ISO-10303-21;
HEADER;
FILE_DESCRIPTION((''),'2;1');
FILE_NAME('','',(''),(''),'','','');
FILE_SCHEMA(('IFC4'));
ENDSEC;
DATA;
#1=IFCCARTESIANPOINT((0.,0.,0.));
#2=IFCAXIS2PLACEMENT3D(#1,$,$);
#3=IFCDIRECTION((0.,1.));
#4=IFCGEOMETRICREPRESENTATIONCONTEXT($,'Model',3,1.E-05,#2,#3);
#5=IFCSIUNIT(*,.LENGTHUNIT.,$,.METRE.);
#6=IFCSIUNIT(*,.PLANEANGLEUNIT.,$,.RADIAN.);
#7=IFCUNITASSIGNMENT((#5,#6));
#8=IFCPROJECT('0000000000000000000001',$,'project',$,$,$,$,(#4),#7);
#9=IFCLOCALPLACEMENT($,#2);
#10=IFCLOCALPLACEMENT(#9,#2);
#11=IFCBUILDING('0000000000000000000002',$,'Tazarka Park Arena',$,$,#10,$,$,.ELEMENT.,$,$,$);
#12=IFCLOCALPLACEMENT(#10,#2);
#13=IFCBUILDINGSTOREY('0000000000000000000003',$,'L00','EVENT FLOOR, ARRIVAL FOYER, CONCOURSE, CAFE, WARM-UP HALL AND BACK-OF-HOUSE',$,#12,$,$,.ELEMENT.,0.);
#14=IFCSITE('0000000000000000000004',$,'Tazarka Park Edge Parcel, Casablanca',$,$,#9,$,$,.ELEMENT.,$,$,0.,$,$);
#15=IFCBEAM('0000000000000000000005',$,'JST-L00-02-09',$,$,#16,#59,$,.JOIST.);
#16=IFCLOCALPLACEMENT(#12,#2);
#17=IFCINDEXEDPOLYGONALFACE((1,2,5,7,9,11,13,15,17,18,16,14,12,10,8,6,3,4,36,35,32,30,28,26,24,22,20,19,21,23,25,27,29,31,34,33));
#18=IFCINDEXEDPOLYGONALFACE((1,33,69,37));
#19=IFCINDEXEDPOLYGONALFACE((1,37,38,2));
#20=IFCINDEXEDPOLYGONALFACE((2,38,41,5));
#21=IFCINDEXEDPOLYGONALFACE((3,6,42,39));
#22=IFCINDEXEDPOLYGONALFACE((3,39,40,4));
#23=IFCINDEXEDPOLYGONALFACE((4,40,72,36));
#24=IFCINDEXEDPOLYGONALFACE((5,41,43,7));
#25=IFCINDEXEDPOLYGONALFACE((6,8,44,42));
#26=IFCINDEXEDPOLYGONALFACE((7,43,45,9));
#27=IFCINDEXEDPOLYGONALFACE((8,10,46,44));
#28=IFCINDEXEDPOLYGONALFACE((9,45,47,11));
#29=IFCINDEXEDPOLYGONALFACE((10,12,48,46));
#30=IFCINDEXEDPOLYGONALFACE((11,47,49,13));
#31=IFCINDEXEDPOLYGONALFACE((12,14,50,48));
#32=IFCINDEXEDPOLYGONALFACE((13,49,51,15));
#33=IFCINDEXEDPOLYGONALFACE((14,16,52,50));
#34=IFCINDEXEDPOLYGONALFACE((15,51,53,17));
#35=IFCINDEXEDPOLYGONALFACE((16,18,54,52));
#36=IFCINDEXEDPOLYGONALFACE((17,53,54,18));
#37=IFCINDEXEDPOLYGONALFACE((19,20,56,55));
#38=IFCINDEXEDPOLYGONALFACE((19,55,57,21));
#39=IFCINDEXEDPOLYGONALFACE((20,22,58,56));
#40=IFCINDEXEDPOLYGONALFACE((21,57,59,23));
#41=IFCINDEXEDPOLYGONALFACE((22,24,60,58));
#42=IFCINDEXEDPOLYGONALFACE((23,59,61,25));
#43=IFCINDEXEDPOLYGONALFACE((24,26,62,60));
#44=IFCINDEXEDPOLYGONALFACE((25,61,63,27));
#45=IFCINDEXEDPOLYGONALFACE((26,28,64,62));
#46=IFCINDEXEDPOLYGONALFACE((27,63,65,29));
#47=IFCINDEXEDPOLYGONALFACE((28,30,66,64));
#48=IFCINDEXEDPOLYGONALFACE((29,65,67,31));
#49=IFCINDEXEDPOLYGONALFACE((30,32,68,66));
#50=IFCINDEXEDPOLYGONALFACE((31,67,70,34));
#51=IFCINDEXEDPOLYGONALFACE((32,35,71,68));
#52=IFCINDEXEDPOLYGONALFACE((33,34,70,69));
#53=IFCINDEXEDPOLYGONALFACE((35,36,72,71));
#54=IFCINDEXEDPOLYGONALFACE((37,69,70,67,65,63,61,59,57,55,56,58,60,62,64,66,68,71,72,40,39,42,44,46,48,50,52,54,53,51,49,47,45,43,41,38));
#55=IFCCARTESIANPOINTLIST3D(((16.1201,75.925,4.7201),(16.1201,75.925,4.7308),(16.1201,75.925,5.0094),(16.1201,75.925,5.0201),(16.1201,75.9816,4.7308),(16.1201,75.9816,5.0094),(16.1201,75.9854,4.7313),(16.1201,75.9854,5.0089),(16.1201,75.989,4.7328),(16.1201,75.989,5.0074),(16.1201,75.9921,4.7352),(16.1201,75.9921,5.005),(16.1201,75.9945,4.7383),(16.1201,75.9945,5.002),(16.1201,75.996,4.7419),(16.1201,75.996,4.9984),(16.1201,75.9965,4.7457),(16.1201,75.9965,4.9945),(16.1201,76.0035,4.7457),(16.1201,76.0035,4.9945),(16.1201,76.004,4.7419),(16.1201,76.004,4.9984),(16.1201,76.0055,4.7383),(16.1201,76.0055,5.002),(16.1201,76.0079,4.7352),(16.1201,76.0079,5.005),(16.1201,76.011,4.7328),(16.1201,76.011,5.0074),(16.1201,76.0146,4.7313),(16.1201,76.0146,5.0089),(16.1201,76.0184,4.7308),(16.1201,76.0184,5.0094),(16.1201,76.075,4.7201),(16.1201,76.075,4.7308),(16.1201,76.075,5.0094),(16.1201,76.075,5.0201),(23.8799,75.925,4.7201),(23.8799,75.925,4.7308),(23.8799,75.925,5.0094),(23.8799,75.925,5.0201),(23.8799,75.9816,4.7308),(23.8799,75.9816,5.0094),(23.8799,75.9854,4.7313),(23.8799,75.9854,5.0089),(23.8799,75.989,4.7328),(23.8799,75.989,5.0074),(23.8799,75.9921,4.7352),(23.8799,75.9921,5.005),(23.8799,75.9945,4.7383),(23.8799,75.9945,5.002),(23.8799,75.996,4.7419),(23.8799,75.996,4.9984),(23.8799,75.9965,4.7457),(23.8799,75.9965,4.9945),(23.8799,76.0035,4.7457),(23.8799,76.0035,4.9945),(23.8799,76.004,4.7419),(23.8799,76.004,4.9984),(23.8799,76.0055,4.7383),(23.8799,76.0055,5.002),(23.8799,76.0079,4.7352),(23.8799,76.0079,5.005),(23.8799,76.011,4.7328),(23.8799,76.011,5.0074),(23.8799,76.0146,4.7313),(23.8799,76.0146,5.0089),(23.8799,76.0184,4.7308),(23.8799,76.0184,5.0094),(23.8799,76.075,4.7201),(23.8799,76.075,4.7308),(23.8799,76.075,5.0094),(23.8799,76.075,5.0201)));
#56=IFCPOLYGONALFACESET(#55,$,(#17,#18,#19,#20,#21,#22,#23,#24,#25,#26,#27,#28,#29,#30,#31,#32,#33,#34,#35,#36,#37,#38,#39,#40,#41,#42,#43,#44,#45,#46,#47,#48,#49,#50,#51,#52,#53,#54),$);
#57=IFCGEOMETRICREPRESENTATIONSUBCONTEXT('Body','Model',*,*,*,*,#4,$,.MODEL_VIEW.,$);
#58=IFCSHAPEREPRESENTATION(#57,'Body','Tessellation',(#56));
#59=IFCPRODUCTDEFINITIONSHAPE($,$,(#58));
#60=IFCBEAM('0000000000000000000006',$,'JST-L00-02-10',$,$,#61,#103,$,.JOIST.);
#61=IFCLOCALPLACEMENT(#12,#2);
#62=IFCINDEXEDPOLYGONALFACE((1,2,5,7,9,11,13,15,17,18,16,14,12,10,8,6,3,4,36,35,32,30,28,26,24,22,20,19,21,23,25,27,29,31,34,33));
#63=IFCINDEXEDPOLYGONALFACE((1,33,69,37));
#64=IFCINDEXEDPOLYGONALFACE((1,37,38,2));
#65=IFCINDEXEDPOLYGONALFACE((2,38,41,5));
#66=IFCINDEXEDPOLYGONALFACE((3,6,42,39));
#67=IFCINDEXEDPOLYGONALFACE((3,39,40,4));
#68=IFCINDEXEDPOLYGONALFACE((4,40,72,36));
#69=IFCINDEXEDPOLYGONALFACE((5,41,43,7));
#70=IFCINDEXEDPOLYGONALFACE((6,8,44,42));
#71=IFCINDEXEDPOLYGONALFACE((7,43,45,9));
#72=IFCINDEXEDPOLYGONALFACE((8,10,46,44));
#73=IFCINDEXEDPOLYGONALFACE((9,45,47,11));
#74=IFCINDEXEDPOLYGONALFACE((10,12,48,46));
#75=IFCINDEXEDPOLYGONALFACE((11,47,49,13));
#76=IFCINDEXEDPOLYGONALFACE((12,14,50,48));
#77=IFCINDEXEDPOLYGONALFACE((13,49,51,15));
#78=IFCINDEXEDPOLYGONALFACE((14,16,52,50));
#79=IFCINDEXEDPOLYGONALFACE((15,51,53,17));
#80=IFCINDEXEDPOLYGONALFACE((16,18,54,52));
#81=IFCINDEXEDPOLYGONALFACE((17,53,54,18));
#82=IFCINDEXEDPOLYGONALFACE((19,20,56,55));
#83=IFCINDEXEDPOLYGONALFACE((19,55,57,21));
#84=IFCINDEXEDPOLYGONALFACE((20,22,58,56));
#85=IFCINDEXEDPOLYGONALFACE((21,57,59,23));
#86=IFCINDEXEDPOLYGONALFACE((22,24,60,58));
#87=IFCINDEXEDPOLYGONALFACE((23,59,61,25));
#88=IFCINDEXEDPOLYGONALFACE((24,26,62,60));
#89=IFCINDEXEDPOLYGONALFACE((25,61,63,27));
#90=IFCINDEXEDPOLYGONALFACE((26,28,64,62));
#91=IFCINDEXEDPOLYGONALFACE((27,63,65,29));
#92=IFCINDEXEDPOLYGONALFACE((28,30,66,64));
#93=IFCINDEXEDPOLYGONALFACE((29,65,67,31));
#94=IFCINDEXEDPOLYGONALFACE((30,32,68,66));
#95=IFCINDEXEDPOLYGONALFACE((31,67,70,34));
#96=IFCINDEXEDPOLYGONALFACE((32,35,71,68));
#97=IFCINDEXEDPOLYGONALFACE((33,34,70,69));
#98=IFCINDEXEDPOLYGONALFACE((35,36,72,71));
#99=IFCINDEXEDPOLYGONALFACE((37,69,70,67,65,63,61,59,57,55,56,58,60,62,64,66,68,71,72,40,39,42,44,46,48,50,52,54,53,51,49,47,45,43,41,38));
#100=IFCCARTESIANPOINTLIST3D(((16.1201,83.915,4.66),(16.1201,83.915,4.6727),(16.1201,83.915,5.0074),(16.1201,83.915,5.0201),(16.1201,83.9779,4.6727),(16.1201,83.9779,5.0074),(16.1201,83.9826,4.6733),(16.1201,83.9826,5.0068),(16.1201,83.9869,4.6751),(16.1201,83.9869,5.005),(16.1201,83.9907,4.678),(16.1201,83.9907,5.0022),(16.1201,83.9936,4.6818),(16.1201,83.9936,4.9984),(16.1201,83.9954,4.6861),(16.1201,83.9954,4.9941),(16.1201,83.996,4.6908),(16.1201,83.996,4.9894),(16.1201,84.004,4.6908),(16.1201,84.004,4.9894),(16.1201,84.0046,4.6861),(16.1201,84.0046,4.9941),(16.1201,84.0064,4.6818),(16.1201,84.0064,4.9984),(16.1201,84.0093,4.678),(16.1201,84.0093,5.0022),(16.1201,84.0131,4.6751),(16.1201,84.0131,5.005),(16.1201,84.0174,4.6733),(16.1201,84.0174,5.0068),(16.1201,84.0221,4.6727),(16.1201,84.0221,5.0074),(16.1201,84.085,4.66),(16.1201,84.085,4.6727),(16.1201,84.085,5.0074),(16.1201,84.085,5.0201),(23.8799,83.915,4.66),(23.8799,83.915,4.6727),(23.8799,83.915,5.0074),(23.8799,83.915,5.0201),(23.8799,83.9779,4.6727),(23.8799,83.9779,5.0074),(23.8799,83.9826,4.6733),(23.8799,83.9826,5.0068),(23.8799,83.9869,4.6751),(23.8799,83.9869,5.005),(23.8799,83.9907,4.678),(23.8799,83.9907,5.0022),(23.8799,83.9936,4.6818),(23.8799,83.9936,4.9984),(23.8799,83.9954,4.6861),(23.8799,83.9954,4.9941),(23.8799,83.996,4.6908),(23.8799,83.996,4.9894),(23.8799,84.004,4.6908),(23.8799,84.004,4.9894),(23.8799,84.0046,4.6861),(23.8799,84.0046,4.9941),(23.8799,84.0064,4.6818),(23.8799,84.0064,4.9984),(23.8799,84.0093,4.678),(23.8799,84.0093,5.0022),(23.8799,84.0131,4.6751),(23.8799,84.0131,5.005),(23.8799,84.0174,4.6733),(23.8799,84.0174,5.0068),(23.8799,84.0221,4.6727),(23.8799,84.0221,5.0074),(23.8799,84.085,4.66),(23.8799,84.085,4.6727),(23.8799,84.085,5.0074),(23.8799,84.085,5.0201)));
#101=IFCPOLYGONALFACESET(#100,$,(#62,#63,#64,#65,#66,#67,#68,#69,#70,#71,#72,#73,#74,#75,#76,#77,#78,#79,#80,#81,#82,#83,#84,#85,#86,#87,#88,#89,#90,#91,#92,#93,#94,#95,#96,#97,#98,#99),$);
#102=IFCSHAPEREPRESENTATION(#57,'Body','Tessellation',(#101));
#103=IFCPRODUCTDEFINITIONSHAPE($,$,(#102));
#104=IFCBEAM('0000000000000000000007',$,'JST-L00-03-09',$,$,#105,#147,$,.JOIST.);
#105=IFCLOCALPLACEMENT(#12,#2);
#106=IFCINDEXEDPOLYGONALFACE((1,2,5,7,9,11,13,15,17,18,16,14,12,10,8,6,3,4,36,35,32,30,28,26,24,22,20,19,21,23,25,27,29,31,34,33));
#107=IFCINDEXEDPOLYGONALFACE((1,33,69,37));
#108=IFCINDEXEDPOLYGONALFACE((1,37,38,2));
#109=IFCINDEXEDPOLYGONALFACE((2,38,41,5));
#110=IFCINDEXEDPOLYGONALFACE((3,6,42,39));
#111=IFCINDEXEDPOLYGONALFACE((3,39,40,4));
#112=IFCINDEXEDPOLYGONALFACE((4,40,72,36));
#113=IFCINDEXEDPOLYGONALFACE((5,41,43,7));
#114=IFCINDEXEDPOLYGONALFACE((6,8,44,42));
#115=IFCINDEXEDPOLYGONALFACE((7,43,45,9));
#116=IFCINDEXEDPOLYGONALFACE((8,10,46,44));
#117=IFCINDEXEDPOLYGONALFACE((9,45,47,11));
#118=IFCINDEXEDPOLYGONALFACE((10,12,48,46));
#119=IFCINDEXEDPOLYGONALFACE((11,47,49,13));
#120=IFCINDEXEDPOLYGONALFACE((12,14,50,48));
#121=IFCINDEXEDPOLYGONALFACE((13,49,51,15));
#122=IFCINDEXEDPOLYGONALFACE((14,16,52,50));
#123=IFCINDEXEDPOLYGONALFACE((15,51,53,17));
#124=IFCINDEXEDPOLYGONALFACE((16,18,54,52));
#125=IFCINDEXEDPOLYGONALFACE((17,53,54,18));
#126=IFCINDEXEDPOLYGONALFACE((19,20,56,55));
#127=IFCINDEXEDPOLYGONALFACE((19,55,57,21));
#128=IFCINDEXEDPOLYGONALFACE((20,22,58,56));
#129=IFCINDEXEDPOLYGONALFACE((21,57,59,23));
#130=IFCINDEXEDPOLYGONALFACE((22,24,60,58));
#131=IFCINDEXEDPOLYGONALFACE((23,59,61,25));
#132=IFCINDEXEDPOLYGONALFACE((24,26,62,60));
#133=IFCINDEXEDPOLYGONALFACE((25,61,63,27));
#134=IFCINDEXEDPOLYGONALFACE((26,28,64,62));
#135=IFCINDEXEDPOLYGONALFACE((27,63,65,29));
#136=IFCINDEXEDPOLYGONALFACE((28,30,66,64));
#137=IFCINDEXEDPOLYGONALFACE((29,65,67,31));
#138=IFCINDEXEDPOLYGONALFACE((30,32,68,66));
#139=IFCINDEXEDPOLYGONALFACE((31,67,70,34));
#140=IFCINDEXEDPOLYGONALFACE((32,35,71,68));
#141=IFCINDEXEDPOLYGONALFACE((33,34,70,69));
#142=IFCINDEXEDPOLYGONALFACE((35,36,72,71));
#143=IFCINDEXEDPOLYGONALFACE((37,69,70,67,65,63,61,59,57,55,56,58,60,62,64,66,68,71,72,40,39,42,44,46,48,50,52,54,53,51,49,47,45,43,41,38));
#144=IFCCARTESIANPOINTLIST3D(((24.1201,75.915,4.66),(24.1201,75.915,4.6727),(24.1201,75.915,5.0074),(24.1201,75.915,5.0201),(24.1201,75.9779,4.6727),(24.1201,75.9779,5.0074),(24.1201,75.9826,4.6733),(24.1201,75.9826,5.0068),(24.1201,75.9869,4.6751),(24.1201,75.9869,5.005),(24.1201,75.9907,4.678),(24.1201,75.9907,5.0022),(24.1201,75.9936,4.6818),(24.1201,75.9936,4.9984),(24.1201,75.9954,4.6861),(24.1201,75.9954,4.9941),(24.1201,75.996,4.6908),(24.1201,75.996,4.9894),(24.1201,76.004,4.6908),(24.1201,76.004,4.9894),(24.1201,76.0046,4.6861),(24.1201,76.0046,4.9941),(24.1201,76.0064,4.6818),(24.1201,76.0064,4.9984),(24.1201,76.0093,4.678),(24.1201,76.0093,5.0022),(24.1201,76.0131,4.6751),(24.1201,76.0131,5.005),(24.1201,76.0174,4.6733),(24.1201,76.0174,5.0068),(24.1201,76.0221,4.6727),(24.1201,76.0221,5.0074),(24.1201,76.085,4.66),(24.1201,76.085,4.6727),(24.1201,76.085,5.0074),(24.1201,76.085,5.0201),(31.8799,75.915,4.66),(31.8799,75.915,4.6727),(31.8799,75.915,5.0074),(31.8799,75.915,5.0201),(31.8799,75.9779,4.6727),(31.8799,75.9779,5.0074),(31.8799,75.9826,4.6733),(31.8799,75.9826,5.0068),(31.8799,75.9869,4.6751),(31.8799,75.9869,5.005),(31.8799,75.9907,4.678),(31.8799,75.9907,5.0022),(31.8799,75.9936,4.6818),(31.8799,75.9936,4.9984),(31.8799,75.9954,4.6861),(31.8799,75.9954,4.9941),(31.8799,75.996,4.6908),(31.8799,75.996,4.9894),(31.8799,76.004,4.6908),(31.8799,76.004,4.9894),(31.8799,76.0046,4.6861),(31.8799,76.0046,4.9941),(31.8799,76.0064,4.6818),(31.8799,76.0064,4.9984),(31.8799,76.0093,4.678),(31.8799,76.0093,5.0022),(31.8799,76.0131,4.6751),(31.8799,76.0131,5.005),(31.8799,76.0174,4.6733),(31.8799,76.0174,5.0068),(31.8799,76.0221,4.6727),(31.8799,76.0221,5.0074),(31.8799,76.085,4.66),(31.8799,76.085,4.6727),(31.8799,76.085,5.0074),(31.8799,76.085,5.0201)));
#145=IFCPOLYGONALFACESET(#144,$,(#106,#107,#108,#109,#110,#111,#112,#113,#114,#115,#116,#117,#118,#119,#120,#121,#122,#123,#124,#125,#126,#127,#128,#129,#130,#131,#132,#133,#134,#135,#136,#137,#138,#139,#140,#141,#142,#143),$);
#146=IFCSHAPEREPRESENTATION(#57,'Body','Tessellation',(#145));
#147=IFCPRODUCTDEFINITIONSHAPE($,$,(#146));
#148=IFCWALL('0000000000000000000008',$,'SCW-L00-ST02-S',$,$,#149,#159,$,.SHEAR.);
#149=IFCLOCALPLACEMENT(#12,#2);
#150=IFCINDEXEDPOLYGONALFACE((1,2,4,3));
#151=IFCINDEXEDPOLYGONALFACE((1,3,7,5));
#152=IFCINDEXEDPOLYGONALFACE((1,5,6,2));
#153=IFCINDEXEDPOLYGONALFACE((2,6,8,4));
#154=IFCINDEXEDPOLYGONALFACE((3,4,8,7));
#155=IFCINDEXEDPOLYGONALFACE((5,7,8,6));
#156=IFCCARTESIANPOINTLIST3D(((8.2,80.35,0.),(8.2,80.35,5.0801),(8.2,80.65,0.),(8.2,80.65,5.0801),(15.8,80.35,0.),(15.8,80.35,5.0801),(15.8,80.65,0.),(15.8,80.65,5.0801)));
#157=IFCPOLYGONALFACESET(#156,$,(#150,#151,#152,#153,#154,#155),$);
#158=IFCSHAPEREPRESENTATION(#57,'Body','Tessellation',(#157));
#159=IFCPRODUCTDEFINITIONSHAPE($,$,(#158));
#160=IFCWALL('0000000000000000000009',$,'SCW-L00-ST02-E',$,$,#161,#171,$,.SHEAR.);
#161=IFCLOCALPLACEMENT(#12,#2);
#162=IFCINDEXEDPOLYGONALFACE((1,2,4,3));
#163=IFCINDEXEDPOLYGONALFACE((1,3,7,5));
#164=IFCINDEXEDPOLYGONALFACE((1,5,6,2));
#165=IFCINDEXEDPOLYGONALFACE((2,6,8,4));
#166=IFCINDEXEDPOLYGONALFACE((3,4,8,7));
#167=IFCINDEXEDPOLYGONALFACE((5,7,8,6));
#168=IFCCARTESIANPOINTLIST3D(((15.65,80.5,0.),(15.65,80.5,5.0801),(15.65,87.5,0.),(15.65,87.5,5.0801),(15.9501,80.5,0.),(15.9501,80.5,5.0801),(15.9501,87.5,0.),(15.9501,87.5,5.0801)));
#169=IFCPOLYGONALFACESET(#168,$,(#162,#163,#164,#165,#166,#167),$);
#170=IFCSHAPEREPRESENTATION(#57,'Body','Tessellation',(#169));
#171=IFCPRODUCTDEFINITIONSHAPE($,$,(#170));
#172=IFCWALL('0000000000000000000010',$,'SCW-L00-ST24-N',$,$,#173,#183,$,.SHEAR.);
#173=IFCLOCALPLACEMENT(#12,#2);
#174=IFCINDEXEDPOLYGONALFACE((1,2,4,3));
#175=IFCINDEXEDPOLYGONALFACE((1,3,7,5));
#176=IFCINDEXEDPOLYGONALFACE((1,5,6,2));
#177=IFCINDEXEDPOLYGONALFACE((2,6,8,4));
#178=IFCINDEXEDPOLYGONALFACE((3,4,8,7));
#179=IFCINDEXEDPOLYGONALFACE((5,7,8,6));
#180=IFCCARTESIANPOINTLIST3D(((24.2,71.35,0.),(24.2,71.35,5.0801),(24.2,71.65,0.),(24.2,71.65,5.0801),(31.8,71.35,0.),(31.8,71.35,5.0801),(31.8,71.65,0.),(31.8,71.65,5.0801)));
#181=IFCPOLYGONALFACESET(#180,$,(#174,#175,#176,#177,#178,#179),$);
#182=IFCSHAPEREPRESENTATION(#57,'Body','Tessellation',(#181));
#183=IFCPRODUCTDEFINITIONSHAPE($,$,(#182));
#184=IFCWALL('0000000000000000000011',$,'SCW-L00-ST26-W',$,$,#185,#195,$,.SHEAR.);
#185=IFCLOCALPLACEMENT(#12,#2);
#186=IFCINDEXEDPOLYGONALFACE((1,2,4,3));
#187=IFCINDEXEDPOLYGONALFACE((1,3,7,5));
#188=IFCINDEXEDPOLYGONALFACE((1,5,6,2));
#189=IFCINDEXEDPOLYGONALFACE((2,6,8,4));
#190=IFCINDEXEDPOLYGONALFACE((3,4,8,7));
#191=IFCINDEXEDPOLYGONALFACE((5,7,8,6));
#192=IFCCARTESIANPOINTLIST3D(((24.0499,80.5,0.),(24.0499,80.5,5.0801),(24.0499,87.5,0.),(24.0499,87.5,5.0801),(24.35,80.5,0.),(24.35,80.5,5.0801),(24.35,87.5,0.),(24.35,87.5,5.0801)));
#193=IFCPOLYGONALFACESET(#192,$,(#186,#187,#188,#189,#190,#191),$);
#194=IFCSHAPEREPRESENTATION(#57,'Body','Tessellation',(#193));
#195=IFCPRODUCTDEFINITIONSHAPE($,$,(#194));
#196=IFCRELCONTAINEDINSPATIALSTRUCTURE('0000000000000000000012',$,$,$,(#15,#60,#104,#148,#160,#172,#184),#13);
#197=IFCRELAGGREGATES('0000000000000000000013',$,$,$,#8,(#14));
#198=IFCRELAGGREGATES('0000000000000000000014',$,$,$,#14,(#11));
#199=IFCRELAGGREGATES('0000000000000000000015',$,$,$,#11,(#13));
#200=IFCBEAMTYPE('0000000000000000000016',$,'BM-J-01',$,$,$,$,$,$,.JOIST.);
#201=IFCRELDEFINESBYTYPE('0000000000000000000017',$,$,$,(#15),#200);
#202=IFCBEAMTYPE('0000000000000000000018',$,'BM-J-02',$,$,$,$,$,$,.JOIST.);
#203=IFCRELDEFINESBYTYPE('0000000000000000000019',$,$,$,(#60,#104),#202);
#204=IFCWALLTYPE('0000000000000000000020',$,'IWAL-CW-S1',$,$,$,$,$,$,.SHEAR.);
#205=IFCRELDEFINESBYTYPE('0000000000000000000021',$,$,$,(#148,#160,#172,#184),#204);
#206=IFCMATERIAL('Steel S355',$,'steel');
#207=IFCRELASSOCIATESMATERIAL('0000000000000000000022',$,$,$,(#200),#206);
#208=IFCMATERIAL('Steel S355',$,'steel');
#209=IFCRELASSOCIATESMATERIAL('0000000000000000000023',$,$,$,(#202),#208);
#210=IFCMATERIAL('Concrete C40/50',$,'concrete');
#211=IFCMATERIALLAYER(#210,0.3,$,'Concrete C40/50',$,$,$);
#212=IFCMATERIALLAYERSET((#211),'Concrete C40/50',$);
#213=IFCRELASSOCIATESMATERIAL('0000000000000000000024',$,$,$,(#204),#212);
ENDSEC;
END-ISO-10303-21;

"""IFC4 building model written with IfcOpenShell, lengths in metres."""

from ifc_helpers import new_model, si_unit, direction, frame, frame_2d, origin, origin_2d, place, context, subcontext, project, spatial, rectangle, i_section, extrude, material, layer, layer_set, material_profile, profile_set, type_object, element, save


model = new_model("IFC4")

# Units and contexts
model_context = context("Model", 3, precision=1e-05, world=origin(), true_north=direction((0.0, 1.0)))
body_context = subcontext(model_context, "Body", "Model", "MODEL_VIEW")
ifc_project = project(units=[si_unit("LENGTHUNIT", "METRE"), si_unit("PLANEANGLEUNIT", "RADIAN")], contexts=[model_context])

# Site, building, storey
site_placement = place(None, origin())
site = spatial("IfcSite", under=ifc_project, at=site_placement, Name="Tazarka Park Edge Parcel, Casablanca", CompositionType="ELEMENT", RefElevation=0.0)
building_placement = place(site_placement, origin())
building = spatial("IfcBuilding", under=site, at=building_placement, Name="Tazarka Park Arena", CompositionType="ELEMENT")
storey_placement = place(building_placement, origin())
storey = spatial("IfcBuildingStorey", under=building, at=storey_placement, Name="L00", Description="EVENT FLOOR, ARRIVAL FOYER, CONCOURSE, CAFE, WARM-UP HALL AND BACK-OF-HOUSE", CompositionType="ELEMENT", Elevation=0.0)

# Beams
ifc_material_1 = material(Name="Steel S355", Category="steel")
ifc_material_profile_1 = material_profile(ifc_material_1, i_section(OverallWidth=0.1499, OverallDepth=0.3, WebThickness=0.0071, FlangeThickness=0.0107, FilletRadius=0.0149, at=origin_2d()), Name="Steel S355")
ifc_profile_set_1 = profile_set([ifc_material_profile_1], Name="Steel S355")
beam_type_1 = type_object("IfcBeamType", Name="BM-J-01", PredefinedType="JOIST", material=ifc_profile_set_1)
beam_placement = place(storey_placement, frame((16.1201, 76.0, 4.8701), z_axis=(1.0, 0.0, 0.0), x_axis=(0.0, 1.0, 0.0)))
element("IfcBeam", 1, at=beam_placement, inside=storey, type_object=beam_type_1, Name="JST-L00-02-09", PredefinedType="JOIST", context=body_context, shape_type="SweptSolid", body=[
    extrude(i_section(OverallWidth=0.1499, OverallDepth=0.3, WebThickness=0.0071, FlangeThickness=0.0107, FilletRadius=0.0149, at=origin_2d()), origin(), (0.0, 0.0, 1.0), 7.7598),
])
ifc_material_2 = material(Name="Steel S355", Category="steel")
ifc_material_profile_2 = material_profile(ifc_material_2, i_section(OverallWidth=0.1699, OverallDepth=0.3601, WebThickness=0.0081, FlangeThickness=0.0127, FilletRadius=0.0181, at=origin_2d()), Name="Steel S355")
ifc_profile_set_2 = profile_set([ifc_material_profile_2], Name="Steel S355")
beam_type_2 = type_object("IfcBeamType", Name="BM-J-02", PredefinedType="JOIST", material=ifc_profile_set_2)
for number, where, z_axis, x_axis, name in (
    (2, (16.1201, 84.0, 4.8401), (1.0, 0.0, 0.0), (0.0, 1.0, 0.0), "JST-L00-02-10"),
    (3, (24.1201, 76.0, 4.8401), (1.0, 0.0, 0.0), (0.0, 1.0, 0.0), "JST-L00-03-09"),
):
    element("IfcBeam", number, at=place(storey_placement, frame(where, z_axis=z_axis, x_axis=x_axis)), inside=storey, type_object=beam_type_2, Name=name, PredefinedType="JOIST", context=body_context, shape_type="SweptSolid", body=[
        extrude(i_section(OverallWidth=0.1699, OverallDepth=0.3601, WebThickness=0.0081, FlangeThickness=0.0127, FilletRadius=0.0181, at=origin_2d()), origin(), (0.0, 0.0, 1.0), 7.7598),
    ])

# Walls
ifc_material_3 = material(Name="Concrete C40/50", Category="concrete")
ifc_layer_1 = layer(ifc_material_3, 0.3, Name="Concrete C40/50")
ifc_layer_set_1 = layer_set([ifc_layer_1], Name="Concrete C40/50")
wall_type_1 = type_object("IfcWallType", Name="IWAL-CW-S1", PredefinedType="SHEAR", material=ifc_layer_set_1)
wall_1_placement = place(storey_placement, frame((15.8, 80.5, 0.0), z_axis=(0.0, 0.0, 1.0), x_axis=(-1.0, 0.0, 0.0)))
element("IfcWall", 4, at=wall_1_placement, inside=storey, type_object=wall_type_1, Name="SCW-L00-ST02-S", PredefinedType="SHEAR", context=body_context, shape_type="SweptSolid", body=[
    extrude(rectangle(XDim=7.6001, YDim=0.3, at=frame_2d((3.8, 0.0))), origin(), (0.0, 0.0, 1.0), 5.0801),
])
wall_2_placement = place(storey_placement, frame((15.8, 87.5, 0.0), z_axis=(0.0, 0.0, 1.0), x_axis=(0.0, -1.0, 0.0)))
element("IfcWall", 5, at=wall_2_placement, inside=storey, type_object=wall_type_1, Name="SCW-L00-ST02-E", PredefinedType="SHEAR", context=body_context, shape_type="SweptSolid", body=[
    extrude(rectangle(XDim=7.0, YDim=0.3, at=frame_2d((3.5, 0.0))), origin(), (0.0, 0.0, 1.0), 5.0801),
])
wall_3_placement = place(storey_placement, frame((24.2, 71.5, 0.0), z_axis=(0.0, 0.0, 1.0), x_axis=(1.0, 0.0, 0.0)))
element("IfcWall", 6, at=wall_3_placement, inside=storey, type_object=wall_type_1, Name="SCW-L00-ST24-N", PredefinedType="SHEAR", context=body_context, shape_type="SweptSolid", body=[
    extrude(rectangle(XDim=7.6001, YDim=0.3, at=frame_2d((3.8, 0.0))), origin(), (0.0, 0.0, 1.0), 5.0801),
])
wall_4_placement = place(storey_placement, frame((24.2, 80.5, 0.0), z_axis=(0.0, 0.0, 1.0), x_axis=(0.0, 1.0, 0.0)))
element("IfcWall", 7, at=wall_4_placement, inside=storey, type_object=wall_type_1, Name="SCW-L00-ST26-W", PredefinedType="SHEAR", context=body_context, shape_type="SweptSolid", body=[
    extrude(rectangle(XDim=7.0, YDim=0.3, at=frame_2d((3.5, 0.0))), origin(), (0.0, 0.0, 1.0), 5.0801),
])

save(model, "model.ifc")
